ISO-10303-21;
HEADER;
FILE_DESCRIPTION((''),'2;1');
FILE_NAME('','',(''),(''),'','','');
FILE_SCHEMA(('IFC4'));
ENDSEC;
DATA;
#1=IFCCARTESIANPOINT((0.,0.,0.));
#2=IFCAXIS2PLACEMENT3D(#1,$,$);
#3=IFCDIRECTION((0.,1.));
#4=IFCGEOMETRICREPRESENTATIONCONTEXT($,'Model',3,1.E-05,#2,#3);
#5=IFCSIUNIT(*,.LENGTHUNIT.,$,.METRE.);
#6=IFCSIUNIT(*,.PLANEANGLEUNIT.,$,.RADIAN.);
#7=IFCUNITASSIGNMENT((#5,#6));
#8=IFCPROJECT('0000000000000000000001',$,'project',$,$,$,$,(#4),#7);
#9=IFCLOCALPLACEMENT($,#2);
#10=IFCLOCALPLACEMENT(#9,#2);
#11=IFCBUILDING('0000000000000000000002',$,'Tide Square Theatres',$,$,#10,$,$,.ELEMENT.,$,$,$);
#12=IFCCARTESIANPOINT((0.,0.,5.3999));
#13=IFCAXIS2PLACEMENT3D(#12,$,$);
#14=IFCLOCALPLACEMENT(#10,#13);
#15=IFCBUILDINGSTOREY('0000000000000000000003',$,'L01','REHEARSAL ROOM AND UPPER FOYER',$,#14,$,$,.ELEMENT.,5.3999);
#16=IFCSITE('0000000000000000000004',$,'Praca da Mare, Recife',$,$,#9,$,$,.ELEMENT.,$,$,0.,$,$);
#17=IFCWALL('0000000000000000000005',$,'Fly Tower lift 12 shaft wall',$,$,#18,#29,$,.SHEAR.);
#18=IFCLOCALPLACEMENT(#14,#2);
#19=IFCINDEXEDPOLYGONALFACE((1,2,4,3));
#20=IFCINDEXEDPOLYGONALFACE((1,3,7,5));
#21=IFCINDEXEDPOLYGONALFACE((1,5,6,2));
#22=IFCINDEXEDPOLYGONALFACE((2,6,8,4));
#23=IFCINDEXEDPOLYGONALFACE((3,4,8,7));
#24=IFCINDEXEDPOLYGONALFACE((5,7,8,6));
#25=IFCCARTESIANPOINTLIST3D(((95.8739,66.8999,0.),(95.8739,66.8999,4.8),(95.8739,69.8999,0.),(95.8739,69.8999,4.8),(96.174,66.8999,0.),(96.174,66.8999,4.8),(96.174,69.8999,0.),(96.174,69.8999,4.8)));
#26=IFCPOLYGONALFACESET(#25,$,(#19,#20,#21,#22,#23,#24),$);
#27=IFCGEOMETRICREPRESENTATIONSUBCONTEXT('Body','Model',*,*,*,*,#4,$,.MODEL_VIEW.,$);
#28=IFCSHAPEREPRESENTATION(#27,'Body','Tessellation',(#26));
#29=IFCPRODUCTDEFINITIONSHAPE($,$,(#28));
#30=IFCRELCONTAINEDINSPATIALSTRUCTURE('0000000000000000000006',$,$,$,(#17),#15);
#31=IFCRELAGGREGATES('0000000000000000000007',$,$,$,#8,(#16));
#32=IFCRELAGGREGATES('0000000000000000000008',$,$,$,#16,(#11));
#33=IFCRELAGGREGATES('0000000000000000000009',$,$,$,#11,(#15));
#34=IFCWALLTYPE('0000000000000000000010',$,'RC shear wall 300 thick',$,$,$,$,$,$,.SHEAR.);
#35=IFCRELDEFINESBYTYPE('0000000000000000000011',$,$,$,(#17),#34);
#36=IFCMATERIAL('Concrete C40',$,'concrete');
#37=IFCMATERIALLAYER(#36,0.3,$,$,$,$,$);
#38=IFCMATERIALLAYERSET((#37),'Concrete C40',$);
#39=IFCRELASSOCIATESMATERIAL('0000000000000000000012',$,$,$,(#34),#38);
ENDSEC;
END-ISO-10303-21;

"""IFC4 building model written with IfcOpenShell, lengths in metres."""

from ifc_helpers import new_model, si_unit, direction, frame, frame_2d, origin, place, context, subcontext, project, spatial, rectangle, extrude, material, layer, layer_set, type_object, element, save


model = new_model("IFC4")

# Units and contexts
model_context = context("Model", 3, precision=1e-05, world=origin(), true_north=direction((0.0, 1.0)))
body_context = subcontext(model_context, "Body", "Model", "MODEL_VIEW")
ifc_project = project(units=[si_unit("LENGTHUNIT", "METRE"), si_unit("PLANEANGLEUNIT", "RADIAN")], contexts=[model_context])

# Site, building, storey
site_placement = place(None, origin())
site = spatial("IfcSite", under=ifc_project, at=site_placement, Name="Praca da Mare, Recife", CompositionType="ELEMENT", RefElevation=0.0)
building_placement = place(site_placement, origin())
building = spatial("IfcBuilding", under=site, at=building_placement, Name="Tide Square Theatres", CompositionType="ELEMENT")
storey_placement = place(building_placement, frame((0.0, 0.0, 5.3999)))
storey = spatial("IfcBuildingStorey", under=building, at=storey_placement, Name="L01", Description="REHEARSAL ROOM AND UPPER FOYER", CompositionType="ELEMENT", Elevation=5.3999)

# Shared definitions
ifc_material_1 = material(Name="Concrete C40", Category="concrete")
ifc_layer_1 = layer(ifc_material_1, 0.3)
ifc_layer_set_1 = layer_set([ifc_layer_1], Name="Concrete C40")
wall_type_1 = type_object("IfcWallType", Name="RC shear wall 300 thick", PredefinedType="SHEAR", material=ifc_layer_set_1)

# Wall
wall_1_placement = place(storey_placement, frame((96.0239, 66.8999, 0.0), z_axis=(0.0, 0.0, 1.0), x_axis=(0.0, 1.0, 0.0)))
element("IfcWall", 1, at=wall_1_placement, inside=storey, type_object=wall_type_1, Name="Fly Tower lift 12 shaft wall", PredefinedType="SHEAR", context=body_context, shape_type="SweptSolid", body=[
    extrude(rectangle(XDim=3.0, YDim=0.3, at=frame_2d((1.5, 0.0))), origin(), (0.0, 0.0, 1.0), 4.8),
])

save(model, "model.ifc")
